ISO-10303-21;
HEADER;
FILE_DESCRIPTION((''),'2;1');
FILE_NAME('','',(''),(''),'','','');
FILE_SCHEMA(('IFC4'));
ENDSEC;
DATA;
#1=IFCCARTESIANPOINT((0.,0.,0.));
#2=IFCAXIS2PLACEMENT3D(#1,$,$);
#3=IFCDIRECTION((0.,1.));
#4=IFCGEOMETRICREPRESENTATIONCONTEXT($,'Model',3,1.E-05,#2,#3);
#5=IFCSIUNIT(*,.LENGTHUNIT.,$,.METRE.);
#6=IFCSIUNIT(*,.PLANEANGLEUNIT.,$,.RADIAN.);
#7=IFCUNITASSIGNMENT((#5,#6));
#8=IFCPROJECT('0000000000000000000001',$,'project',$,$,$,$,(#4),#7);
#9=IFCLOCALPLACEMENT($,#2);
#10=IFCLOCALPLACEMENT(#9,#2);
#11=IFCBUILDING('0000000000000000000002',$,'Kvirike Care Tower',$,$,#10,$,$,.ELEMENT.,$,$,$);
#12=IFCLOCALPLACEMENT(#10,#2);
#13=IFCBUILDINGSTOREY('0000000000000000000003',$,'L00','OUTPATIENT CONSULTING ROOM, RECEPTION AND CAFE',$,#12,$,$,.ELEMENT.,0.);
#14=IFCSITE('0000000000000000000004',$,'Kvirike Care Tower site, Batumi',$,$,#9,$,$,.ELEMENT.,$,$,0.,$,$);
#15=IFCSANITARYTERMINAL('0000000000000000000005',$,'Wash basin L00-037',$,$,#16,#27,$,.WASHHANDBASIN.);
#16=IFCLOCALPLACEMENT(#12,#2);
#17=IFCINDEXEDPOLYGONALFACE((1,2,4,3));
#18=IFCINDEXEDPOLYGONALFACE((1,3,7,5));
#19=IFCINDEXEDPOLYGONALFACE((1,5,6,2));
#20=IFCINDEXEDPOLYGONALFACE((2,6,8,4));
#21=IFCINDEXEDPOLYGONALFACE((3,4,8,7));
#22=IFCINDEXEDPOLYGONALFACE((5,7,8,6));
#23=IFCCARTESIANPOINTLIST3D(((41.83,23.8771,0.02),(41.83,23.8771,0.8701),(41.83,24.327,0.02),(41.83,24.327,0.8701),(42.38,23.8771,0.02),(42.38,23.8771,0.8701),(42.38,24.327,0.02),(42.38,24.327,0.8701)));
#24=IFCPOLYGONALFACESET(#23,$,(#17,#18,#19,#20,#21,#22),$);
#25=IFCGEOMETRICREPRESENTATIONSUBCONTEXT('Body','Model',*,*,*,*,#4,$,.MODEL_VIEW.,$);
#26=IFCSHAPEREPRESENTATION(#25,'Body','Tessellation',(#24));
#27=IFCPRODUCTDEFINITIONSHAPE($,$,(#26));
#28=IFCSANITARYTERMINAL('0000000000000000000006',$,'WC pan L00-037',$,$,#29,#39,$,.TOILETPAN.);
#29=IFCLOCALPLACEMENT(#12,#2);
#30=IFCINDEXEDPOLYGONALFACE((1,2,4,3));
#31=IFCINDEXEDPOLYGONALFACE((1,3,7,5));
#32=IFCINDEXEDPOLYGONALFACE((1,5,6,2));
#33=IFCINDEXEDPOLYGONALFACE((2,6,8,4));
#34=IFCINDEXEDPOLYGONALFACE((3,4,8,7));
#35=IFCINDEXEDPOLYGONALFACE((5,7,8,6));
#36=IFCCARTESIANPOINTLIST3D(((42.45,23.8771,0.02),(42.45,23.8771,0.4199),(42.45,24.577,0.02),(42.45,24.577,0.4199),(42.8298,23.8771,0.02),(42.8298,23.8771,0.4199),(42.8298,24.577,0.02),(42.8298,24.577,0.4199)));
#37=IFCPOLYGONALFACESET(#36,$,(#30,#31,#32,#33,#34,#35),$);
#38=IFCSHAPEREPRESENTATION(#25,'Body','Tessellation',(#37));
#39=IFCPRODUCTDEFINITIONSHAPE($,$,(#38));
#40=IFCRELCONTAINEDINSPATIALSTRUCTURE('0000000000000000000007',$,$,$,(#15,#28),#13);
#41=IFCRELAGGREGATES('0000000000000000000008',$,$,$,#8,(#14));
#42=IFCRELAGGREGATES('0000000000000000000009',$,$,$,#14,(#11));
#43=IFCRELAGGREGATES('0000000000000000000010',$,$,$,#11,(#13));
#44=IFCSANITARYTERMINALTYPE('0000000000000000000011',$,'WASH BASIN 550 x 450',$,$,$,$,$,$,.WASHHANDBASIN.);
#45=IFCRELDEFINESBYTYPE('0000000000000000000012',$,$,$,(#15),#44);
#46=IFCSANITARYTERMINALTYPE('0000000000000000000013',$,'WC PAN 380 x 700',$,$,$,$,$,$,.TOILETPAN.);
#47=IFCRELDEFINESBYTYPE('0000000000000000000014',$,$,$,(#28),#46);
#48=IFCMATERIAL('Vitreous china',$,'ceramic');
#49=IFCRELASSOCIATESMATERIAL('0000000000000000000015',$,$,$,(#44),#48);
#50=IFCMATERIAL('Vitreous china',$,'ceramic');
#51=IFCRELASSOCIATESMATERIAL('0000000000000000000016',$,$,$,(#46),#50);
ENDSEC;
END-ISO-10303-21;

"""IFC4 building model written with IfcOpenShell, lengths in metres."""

from ifc_helpers import new_model, si_unit, direction, frame, origin, origin_2d, place, context, subcontext, project, spatial, rectangle, extrude, material, type_object, element, save


model = new_model("IFC4")

# Units and contexts
model_context = context("Model", 3, precision=1e-05, world=origin(), true_north=direction((0.0, 1.0)))
body_context = subcontext(model_context, "Body", "Model", "MODEL_VIEW")
ifc_project = project(units=[si_unit("LENGTHUNIT", "METRE"), si_unit("PLANEANGLEUNIT", "RADIAN")], contexts=[model_context])

# Site, building, storey
site_placement = place(None, origin())
site = spatial("IfcSite", under=ifc_project, at=site_placement, Name="Kvirike Care Tower site, Batumi", CompositionType="ELEMENT", RefElevation=0.0)
building_placement = place(site_placement, origin())
building = spatial("IfcBuilding", under=site, at=building_placement, Name="Kvirike Care Tower", CompositionType="ELEMENT")
storey_placement = place(building_placement, origin())
storey = spatial("IfcBuildingStorey", under=building, at=storey_placement, Name="L00", Description="OUTPATIENT CONSULTING ROOM, RECEPTION AND CAFE", CompositionType="ELEMENT", Elevation=0.0)

# Sanitary terminals
ifc_material_1 = material(Name="Vitreous china", Category="ceramic")
sanitary_terminal_type_1 = type_object("IfcSanitaryTerminalType", Name="WASH BASIN 550 x 450", PredefinedType="WASHHANDBASIN", material=ifc_material_1)
sanitary_terminal_1_placement = place(storey_placement, frame((42.105, 24.1021, 0.02), z_axis=(0.0, 0.0, 1.0), x_axis=(-1.0, 0.0, 0.0)))
element("IfcSanitaryTerminal", 1, at=sanitary_terminal_1_placement, inside=storey, type_object=sanitary_terminal_type_1, Name="Wash basin L00-037", PredefinedType="WASHHANDBASIN", context=body_context, shape_type="SweptSolid", body=[
    extrude(rectangle(XDim=0.55, YDim=0.45, at=origin_2d()), origin(), (0.0, 0.0, 1.0), 0.8501),
])
ifc_material_2 = material(Name="Vitreous china", Category="ceramic")
sanitary_terminal_type_2 = type_object("IfcSanitaryTerminalType", Name="WC PAN 380 x 700", PredefinedType="TOILETPAN", material=ifc_material_2)
sanitary_terminal_2_placement = place(storey_placement, frame((42.6399, 24.2271, 0.02), z_axis=(0.0, 0.0, 1.0), x_axis=(-1.0, 0.0, 0.0)))
element("IfcSanitaryTerminal", 2, at=sanitary_terminal_2_placement, inside=storey, type_object=sanitary_terminal_type_2, Name="WC pan L00-037", PredefinedType="TOILETPAN", context=body_context, shape_type="SweptSolid", body=[
    extrude(rectangle(XDim=0.3799, YDim=0.7, at=origin_2d()), origin(), (0.0, 0.0, 1.0), 0.3999),
])

save(model, "model.ifc")
